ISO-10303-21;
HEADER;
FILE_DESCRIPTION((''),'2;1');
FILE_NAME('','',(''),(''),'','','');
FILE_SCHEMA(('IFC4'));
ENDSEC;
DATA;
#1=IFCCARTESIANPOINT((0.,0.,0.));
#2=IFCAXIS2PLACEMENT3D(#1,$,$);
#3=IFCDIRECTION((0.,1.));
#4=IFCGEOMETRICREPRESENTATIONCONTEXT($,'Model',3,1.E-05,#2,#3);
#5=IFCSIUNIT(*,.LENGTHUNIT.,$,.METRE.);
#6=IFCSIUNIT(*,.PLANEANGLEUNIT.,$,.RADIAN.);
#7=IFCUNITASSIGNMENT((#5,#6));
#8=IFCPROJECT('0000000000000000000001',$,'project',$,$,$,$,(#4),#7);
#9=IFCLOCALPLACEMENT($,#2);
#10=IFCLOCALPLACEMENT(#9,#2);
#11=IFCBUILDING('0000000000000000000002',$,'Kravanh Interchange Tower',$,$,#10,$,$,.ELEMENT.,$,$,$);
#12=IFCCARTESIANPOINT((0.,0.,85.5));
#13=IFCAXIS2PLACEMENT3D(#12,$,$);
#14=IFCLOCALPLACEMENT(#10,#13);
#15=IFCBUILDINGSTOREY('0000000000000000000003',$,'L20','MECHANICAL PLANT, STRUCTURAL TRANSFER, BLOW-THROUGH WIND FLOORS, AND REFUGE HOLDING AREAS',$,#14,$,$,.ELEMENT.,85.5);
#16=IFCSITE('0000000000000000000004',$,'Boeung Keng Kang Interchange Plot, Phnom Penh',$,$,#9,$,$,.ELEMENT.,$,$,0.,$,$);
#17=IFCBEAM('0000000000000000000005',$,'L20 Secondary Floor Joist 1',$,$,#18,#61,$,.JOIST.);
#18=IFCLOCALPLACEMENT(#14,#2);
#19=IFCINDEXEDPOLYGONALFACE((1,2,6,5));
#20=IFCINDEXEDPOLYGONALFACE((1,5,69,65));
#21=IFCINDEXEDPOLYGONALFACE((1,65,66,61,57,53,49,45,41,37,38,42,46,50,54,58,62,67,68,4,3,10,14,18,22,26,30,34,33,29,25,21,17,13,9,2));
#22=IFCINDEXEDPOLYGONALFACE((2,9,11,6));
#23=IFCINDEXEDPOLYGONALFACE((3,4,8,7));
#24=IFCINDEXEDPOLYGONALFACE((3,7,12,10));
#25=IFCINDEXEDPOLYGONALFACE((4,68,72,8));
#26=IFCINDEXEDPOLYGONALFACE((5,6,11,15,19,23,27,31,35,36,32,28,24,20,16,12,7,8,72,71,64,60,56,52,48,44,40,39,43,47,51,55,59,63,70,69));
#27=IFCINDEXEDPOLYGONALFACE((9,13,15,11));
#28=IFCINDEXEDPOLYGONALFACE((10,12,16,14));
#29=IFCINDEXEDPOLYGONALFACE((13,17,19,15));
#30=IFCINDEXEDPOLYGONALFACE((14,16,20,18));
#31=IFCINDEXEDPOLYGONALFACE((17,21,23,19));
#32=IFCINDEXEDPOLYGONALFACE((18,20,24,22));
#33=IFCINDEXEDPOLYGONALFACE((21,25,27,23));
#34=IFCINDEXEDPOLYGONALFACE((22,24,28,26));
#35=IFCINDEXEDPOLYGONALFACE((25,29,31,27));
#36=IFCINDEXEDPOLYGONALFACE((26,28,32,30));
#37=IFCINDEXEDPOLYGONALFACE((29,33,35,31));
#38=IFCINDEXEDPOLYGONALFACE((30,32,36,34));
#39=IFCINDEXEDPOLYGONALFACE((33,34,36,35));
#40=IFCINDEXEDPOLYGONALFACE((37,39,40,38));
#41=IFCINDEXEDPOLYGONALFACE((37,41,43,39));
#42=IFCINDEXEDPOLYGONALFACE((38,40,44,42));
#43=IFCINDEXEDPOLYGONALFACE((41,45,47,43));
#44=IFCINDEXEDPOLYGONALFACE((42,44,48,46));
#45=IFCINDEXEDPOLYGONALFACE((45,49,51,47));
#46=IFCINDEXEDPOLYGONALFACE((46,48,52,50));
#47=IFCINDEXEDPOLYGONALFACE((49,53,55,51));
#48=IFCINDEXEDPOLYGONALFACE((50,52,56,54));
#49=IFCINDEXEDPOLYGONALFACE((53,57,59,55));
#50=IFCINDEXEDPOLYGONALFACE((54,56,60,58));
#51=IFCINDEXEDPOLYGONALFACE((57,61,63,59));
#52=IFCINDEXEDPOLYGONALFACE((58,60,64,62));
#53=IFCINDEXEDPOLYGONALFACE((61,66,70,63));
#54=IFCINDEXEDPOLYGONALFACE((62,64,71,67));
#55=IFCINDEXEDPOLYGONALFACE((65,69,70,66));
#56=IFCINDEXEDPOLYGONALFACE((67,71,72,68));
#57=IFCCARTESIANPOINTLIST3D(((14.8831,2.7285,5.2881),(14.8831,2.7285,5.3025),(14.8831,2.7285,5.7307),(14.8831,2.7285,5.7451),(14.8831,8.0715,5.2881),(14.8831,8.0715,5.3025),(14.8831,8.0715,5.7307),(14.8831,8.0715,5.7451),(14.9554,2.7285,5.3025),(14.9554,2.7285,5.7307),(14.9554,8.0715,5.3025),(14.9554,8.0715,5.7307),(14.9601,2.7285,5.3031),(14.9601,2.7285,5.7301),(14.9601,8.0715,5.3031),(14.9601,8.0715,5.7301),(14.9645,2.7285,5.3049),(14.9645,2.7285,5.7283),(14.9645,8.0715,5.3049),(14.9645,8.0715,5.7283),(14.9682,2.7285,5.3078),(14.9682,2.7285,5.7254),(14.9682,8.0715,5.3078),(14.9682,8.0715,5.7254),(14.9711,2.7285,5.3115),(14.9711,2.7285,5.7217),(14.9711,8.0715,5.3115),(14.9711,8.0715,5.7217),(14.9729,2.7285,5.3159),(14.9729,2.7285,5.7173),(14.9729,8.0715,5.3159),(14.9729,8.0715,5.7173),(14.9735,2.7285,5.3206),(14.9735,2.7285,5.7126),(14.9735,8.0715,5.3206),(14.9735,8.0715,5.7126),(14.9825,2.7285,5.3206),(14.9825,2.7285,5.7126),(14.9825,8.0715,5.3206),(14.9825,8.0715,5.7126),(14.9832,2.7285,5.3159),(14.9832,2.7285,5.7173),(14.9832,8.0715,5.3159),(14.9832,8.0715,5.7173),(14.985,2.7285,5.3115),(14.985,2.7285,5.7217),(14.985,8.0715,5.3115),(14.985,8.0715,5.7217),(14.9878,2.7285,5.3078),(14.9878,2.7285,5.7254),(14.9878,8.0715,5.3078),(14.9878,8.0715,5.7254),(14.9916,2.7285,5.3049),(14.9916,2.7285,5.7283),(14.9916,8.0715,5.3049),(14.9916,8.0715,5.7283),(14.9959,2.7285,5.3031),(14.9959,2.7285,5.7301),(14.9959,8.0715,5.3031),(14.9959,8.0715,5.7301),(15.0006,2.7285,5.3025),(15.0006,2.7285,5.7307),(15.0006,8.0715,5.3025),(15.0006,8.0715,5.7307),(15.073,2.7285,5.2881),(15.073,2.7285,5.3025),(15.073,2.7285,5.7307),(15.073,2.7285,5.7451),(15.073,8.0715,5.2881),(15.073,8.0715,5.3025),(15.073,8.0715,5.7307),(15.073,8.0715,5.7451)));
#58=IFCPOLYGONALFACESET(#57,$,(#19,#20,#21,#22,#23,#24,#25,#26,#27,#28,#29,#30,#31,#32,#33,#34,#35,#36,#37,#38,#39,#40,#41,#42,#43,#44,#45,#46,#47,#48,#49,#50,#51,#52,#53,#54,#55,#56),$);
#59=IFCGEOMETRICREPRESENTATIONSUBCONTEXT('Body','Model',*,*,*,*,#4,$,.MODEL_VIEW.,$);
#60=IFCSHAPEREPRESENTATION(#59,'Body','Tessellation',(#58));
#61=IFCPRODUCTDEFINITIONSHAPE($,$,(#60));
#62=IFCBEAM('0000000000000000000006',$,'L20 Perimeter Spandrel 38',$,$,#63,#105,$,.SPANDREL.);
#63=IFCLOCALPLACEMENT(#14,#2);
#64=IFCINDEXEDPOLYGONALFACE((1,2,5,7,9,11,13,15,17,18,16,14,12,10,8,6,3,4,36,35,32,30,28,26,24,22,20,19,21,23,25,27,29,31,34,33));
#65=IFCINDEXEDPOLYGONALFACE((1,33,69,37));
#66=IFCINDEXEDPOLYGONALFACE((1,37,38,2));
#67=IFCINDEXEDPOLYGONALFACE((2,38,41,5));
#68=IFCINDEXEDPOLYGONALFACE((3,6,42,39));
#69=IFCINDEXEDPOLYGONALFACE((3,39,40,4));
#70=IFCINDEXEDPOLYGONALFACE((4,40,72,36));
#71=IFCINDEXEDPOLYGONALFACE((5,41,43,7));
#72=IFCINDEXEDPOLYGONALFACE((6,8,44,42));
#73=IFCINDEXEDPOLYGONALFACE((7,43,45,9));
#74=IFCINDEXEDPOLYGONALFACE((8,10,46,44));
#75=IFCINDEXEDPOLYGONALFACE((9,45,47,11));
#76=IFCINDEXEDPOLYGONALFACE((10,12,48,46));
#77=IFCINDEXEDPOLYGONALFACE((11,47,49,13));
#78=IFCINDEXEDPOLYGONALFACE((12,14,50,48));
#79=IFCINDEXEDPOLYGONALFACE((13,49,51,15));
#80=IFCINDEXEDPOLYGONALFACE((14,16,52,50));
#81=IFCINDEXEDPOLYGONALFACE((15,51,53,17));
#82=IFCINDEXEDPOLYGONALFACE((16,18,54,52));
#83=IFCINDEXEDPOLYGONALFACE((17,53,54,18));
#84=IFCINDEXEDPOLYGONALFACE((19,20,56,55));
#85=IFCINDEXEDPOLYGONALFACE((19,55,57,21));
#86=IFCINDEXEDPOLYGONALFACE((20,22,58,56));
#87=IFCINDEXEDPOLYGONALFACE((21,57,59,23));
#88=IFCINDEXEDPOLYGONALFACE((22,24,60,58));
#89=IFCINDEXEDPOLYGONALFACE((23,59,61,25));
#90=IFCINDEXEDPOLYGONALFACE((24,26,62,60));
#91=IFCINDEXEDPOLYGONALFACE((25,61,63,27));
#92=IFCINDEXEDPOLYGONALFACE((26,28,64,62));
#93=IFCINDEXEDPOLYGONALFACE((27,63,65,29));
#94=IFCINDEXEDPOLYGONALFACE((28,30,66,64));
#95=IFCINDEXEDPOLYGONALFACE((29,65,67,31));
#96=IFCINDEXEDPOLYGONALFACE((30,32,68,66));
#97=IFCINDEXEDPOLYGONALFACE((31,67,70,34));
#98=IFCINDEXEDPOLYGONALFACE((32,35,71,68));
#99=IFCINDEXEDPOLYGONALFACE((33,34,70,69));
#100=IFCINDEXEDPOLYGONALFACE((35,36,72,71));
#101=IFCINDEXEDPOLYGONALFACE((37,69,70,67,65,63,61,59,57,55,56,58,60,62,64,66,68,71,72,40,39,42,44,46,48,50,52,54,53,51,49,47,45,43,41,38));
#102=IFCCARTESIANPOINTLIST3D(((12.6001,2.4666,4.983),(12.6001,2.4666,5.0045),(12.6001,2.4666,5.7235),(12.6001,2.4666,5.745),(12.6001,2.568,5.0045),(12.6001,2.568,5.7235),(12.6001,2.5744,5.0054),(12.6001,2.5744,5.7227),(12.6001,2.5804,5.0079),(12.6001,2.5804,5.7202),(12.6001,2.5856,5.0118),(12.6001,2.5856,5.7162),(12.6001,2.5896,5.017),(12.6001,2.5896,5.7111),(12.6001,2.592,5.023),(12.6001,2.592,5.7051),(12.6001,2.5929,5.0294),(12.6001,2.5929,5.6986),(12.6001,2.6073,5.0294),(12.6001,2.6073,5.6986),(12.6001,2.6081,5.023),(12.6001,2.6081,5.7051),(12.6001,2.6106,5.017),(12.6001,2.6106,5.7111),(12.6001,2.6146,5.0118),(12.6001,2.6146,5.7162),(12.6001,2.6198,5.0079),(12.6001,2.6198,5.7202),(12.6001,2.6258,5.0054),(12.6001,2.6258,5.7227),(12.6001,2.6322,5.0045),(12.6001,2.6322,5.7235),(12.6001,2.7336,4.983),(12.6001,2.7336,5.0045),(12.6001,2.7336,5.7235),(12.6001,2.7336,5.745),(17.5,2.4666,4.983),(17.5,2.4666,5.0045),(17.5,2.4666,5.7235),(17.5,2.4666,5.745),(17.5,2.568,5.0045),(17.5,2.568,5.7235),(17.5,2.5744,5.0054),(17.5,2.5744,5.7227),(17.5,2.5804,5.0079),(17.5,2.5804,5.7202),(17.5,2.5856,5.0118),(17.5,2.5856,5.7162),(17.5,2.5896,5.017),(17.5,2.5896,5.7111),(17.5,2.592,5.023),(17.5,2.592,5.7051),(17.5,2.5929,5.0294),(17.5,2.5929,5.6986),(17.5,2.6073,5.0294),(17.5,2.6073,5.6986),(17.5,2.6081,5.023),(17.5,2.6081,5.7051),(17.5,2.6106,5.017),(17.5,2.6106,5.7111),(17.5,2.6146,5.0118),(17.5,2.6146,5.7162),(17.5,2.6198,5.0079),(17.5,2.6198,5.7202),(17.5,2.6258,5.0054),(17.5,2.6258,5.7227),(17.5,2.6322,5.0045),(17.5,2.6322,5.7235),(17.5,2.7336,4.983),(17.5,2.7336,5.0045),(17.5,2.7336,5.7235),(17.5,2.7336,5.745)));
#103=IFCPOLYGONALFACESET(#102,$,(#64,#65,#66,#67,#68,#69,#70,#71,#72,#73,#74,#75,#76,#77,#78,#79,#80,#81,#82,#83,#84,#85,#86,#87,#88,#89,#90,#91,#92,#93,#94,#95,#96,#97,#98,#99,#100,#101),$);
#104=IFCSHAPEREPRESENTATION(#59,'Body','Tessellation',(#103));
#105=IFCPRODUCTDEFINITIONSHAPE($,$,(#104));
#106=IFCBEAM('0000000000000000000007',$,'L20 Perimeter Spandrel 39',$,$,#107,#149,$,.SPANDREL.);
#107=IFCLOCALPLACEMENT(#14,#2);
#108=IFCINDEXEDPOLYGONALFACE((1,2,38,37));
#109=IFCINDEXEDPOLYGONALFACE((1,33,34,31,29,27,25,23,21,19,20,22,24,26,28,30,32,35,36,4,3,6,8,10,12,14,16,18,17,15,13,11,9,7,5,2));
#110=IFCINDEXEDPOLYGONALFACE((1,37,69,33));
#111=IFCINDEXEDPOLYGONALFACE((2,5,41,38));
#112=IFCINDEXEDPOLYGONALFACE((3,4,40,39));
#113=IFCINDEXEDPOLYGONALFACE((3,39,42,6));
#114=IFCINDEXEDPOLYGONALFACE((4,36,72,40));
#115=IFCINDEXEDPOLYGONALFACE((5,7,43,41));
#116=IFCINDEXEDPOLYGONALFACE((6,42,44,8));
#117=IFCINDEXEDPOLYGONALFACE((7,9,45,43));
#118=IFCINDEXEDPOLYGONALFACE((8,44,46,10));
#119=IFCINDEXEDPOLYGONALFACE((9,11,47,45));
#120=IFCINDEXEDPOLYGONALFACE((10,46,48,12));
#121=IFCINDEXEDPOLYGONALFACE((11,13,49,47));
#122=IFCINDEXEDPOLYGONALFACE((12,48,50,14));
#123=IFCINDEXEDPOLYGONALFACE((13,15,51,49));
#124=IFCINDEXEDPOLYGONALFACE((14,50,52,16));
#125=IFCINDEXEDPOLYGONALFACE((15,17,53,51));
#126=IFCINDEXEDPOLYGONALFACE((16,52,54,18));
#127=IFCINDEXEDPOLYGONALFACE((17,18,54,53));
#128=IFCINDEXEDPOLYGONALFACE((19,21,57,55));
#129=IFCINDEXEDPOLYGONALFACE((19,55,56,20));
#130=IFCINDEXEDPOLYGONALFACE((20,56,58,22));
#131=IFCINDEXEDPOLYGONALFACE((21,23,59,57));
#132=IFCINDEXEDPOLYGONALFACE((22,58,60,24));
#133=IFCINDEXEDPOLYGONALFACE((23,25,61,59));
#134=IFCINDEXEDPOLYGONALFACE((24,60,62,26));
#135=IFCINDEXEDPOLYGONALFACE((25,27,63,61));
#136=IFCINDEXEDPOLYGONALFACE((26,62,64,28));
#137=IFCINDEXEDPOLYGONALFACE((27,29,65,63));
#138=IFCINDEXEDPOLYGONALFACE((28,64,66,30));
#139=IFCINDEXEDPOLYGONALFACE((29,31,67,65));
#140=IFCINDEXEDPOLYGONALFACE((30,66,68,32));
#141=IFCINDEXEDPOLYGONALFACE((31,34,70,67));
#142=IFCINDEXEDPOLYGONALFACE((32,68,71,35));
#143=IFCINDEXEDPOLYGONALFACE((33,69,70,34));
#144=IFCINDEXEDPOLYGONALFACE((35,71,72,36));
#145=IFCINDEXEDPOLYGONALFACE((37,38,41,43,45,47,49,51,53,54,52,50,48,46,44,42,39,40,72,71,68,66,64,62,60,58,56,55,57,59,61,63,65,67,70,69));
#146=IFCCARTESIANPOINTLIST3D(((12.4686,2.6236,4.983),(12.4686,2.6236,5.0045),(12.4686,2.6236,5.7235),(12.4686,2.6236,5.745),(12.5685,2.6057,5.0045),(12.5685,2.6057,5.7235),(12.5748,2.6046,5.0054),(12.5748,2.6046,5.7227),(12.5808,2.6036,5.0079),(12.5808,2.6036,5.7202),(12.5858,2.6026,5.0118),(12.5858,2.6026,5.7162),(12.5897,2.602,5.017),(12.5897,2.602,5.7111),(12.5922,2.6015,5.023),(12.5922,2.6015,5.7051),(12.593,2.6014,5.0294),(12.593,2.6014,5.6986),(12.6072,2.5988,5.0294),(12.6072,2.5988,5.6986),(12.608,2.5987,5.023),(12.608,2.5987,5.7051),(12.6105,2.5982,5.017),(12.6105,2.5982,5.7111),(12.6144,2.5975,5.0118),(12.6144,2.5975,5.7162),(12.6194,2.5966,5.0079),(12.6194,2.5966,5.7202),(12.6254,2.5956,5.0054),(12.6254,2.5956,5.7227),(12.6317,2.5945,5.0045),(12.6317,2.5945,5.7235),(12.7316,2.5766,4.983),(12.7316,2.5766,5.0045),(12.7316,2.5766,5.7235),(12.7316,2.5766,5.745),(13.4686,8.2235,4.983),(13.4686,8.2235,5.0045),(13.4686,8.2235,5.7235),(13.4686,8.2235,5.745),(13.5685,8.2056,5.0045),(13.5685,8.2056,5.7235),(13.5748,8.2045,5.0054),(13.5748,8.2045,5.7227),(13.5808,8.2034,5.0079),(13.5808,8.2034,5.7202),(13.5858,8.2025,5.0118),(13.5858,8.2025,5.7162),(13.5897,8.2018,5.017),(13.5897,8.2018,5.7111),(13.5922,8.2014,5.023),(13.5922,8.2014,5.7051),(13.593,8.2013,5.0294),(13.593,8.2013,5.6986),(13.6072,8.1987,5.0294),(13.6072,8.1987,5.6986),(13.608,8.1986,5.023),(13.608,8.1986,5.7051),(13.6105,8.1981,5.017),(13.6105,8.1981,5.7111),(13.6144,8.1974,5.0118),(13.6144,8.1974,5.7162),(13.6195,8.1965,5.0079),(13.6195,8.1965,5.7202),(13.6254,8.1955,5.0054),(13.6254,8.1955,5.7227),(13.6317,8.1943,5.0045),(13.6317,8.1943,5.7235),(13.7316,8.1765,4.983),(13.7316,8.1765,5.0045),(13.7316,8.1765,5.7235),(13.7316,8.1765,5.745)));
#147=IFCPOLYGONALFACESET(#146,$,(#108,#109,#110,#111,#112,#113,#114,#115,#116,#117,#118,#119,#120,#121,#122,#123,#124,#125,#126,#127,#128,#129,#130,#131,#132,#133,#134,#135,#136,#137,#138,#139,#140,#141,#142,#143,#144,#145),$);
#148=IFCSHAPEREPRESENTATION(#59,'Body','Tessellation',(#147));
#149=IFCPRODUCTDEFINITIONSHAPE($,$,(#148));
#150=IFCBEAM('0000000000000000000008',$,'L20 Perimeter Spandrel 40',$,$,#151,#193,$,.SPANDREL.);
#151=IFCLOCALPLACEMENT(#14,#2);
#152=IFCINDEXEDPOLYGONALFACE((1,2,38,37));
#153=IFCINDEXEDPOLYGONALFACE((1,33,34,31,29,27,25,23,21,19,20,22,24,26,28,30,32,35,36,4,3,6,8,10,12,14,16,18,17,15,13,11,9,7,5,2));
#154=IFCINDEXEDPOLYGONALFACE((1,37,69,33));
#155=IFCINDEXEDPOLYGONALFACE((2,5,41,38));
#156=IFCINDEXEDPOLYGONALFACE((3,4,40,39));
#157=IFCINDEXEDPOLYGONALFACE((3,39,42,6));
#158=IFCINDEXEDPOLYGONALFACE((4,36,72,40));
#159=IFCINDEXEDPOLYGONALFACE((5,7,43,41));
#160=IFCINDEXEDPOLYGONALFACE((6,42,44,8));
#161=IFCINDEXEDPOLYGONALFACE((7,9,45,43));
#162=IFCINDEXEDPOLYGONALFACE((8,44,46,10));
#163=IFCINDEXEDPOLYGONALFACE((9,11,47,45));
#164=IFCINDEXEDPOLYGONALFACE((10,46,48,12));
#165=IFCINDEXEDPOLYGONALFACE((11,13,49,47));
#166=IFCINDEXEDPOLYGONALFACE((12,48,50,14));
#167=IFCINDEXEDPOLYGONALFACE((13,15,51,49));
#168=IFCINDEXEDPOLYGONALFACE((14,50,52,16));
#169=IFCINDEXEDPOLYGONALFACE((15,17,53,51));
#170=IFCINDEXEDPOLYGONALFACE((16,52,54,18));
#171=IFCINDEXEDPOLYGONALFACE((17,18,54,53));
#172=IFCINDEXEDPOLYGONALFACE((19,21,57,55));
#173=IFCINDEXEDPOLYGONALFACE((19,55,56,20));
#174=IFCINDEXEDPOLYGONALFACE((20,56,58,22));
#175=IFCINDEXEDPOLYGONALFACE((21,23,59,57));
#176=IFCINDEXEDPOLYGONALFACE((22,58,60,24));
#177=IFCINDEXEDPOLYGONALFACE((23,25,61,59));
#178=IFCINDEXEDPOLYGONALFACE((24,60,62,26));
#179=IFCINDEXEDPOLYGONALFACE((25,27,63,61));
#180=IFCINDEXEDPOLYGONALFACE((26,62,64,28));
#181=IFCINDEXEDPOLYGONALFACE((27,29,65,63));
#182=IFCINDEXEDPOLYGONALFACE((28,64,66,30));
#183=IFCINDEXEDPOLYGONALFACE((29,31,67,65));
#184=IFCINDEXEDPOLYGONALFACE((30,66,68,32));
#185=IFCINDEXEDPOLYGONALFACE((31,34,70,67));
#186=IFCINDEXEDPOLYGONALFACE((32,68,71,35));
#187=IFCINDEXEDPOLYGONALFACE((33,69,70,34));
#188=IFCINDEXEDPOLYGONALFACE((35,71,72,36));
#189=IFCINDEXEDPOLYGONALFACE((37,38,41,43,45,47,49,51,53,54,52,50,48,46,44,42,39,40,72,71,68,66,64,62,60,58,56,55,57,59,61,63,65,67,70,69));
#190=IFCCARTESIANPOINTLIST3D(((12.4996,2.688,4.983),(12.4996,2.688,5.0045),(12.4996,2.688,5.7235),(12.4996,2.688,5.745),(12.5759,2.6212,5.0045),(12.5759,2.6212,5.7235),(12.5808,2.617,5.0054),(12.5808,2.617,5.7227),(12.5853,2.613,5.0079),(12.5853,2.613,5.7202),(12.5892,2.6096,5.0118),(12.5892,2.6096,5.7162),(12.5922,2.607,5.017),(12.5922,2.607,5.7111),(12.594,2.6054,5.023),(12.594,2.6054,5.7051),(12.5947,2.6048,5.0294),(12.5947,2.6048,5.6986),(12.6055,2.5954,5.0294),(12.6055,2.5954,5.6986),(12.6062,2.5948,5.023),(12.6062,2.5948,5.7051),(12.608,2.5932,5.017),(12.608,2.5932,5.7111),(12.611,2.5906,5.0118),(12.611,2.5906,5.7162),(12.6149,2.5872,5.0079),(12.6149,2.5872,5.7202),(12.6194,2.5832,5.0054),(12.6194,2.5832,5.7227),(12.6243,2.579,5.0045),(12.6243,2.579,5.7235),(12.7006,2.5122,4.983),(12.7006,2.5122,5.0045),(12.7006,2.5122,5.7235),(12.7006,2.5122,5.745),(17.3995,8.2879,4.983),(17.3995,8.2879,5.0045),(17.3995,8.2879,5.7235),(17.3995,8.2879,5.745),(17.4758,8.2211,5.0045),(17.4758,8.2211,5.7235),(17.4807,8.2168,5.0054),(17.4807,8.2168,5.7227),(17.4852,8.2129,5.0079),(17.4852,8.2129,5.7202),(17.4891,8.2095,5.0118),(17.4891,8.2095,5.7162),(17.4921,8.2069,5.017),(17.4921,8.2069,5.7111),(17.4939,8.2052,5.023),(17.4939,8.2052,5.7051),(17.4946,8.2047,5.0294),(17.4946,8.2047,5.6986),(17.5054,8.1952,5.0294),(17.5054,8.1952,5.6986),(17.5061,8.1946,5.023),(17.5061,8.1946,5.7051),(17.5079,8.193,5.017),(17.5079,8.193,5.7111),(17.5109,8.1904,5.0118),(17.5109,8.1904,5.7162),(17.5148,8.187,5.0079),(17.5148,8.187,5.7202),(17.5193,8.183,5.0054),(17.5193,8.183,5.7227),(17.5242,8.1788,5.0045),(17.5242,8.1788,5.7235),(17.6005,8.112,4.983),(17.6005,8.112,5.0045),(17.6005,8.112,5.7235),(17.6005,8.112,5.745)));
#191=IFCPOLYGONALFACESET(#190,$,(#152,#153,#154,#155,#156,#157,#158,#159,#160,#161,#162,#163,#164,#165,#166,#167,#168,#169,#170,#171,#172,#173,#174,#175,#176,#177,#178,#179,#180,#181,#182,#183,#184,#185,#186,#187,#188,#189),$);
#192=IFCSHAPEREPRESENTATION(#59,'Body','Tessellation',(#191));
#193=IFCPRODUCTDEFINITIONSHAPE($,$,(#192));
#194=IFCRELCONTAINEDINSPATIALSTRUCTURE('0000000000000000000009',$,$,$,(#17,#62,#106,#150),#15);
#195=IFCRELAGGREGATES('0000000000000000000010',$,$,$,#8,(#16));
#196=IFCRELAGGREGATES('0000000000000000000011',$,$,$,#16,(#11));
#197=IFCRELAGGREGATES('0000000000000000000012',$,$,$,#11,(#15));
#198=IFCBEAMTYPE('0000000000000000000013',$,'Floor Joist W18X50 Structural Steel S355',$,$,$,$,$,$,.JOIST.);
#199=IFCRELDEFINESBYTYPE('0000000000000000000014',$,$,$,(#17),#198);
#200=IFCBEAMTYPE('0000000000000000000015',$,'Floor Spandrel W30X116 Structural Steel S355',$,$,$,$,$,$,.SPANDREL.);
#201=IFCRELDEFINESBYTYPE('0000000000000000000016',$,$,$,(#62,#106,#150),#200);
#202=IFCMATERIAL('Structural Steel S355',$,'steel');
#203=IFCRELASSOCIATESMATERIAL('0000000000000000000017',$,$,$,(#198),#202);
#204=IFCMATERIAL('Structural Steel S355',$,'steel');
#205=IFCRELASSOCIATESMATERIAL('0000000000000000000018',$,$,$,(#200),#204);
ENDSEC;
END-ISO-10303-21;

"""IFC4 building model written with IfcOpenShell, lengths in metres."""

from ifc_helpers import new_model, si_unit, direction, frame, origin, origin_2d, place, context, subcontext, project, spatial, i_section, extrude, material, material_profile, profile_set, type_object, element, save


model = new_model("IFC4")

# Units and contexts
model_context = context("Model", 3, precision=1e-05, world=origin(), true_north=direction((0.0, 1.0)))
body_context = subcontext(model_context, "Body", "Model", "MODEL_VIEW")
ifc_project = project(units=[si_unit("LENGTHUNIT", "METRE"), si_unit("PLANEANGLEUNIT", "RADIAN")], contexts=[model_context])

# Site, building, storey
site_placement = place(None, origin())
site = spatial("IfcSite", under=ifc_project, at=site_placement, Name="Boeung Keng Kang Interchange Plot, Phnom Penh", CompositionType="ELEMENT", RefElevation=0.0)
building_placement = place(site_placement, origin())
building = spatial("IfcBuilding", under=site, at=building_placement, Name="Kravanh Interchange Tower", CompositionType="ELEMENT")
storey_placement = place(building_placement, frame((0.0, 0.0, 85.5)))
storey = spatial("IfcBuildingStorey", under=building, at=storey_placement, Name="L20", Description="MECHANICAL PLANT, STRUCTURAL TRANSFER, BLOW-THROUGH WIND FLOORS, AND REFUGE HOLDING AREAS", CompositionType="ELEMENT", Elevation=85.5)

# Beams
ifc_material_1 = material(Name="Structural Steel S355", Category="steel")
ifc_material_profile_1 = material_profile(ifc_material_1, i_section(OverallWidth=0.1899, OverallDepth=0.457, WebThickness=0.009, FlangeThickness=0.0144, FilletRadius=0.0181, at=origin_2d()), Name="W18X50")
ifc_profile_set_1 = profile_set([ifc_material_profile_1], Name="Structural Steel S355")
beam_type_1 = type_object("IfcBeamType", Name="Floor Joist W18X50 Structural Steel S355", PredefinedType="JOIST", material=ifc_profile_set_1)
beam_1_placement = place(storey_placement, frame((14.978, 2.7285, 5.5166), z_axis=(0.0, 1.0, 0.0), x_axis=(-1.0, 0.0, 0.0)))
element("IfcBeam", 1, at=beam_1_placement, inside=storey, type_object=beam_type_1, Name="L20 Secondary Floor Joist 1", PredefinedType="JOIST", context=body_context, shape_type="SweptSolid", body=[
    extrude(i_section(OverallWidth=0.1899, OverallDepth=0.457, WebThickness=0.009, FlangeThickness=0.0144, FilletRadius=0.0181, at=origin_2d()), origin(), (0.0, 0.0, 1.0), 5.343),
])
ifc_material_2 = material(Name="Structural Steel S355", Category="steel")
ifc_material_profile_2 = material_profile(ifc_material_2, i_section(OverallWidth=0.2671, OverallDepth=0.762, WebThickness=0.0144, FlangeThickness=0.0215, FilletRadius=0.0249, at=origin_2d()), Name="W30X116")
ifc_profile_set_2 = profile_set([ifc_material_profile_2], Name="Structural Steel S355")
beam_type_2 = type_object("IfcBeamType", Name="Floor Spandrel W30X116 Structural Steel S355", PredefinedType="SPANDREL", material=ifc_profile_set_2)
beam_2_placement = place(storey_placement, frame((12.6001, 2.6001, 5.364), z_axis=(1.0, 0.0, 0.0), x_axis=(0.0, 1.0, 0.0)))
element("IfcBeam", 2, at=beam_2_placement, inside=storey, type_object=beam_type_2, Name="L20 Perimeter Spandrel 38", PredefinedType="SPANDREL", context=body_context, shape_type="SweptSolid", body=[
    extrude(i_section(OverallWidth=0.2671, OverallDepth=0.762, WebThickness=0.0144, FlangeThickness=0.0215, FilletRadius=0.0249, at=origin_2d()), origin(), (0.0, 0.0, 1.0), 4.8999),
])
beam_3_placement = place(storey_placement, frame((12.6001, 2.6001, 5.364), z_axis=(0.175795, 0.984427, 0.0), x_axis=(-0.984427, 0.175795, 0.0)))
element("IfcBeam", 3, at=beam_3_placement, inside=storey, type_object=beam_type_2, Name="L20 Perimeter Spandrel 39", PredefinedType="SPANDREL", context=body_context, shape_type="SweptSolid", body=[
    extrude(i_section(OverallWidth=0.2671, OverallDepth=0.762, WebThickness=0.0144, FlangeThickness=0.0215, FilletRadius=0.0249, at=origin_2d()), origin(), (0.0, 0.0, 1.0), 5.6885),
])
beam_4_placement = place(storey_placement, frame((12.6001, 2.6001, 5.364), z_axis=(0.658507, 0.752575, 0.0), x_axis=(-0.752575, 0.658507, 0.0)))
element("IfcBeam", 4, at=beam_4_placement, inside=storey, type_object=beam_type_2, Name="L20 Perimeter Spandrel 40", PredefinedType="SPANDREL", context=body_context, shape_type="SweptSolid", body=[
    extrude(i_section(OverallWidth=0.2671, OverallDepth=0.762, WebThickness=0.0144, FlangeThickness=0.0215, FilletRadius=0.0249, at=origin_2d()), origin(), (0.0, 0.0, 1.0), 7.4409),
])

save(model, "model.ifc")
